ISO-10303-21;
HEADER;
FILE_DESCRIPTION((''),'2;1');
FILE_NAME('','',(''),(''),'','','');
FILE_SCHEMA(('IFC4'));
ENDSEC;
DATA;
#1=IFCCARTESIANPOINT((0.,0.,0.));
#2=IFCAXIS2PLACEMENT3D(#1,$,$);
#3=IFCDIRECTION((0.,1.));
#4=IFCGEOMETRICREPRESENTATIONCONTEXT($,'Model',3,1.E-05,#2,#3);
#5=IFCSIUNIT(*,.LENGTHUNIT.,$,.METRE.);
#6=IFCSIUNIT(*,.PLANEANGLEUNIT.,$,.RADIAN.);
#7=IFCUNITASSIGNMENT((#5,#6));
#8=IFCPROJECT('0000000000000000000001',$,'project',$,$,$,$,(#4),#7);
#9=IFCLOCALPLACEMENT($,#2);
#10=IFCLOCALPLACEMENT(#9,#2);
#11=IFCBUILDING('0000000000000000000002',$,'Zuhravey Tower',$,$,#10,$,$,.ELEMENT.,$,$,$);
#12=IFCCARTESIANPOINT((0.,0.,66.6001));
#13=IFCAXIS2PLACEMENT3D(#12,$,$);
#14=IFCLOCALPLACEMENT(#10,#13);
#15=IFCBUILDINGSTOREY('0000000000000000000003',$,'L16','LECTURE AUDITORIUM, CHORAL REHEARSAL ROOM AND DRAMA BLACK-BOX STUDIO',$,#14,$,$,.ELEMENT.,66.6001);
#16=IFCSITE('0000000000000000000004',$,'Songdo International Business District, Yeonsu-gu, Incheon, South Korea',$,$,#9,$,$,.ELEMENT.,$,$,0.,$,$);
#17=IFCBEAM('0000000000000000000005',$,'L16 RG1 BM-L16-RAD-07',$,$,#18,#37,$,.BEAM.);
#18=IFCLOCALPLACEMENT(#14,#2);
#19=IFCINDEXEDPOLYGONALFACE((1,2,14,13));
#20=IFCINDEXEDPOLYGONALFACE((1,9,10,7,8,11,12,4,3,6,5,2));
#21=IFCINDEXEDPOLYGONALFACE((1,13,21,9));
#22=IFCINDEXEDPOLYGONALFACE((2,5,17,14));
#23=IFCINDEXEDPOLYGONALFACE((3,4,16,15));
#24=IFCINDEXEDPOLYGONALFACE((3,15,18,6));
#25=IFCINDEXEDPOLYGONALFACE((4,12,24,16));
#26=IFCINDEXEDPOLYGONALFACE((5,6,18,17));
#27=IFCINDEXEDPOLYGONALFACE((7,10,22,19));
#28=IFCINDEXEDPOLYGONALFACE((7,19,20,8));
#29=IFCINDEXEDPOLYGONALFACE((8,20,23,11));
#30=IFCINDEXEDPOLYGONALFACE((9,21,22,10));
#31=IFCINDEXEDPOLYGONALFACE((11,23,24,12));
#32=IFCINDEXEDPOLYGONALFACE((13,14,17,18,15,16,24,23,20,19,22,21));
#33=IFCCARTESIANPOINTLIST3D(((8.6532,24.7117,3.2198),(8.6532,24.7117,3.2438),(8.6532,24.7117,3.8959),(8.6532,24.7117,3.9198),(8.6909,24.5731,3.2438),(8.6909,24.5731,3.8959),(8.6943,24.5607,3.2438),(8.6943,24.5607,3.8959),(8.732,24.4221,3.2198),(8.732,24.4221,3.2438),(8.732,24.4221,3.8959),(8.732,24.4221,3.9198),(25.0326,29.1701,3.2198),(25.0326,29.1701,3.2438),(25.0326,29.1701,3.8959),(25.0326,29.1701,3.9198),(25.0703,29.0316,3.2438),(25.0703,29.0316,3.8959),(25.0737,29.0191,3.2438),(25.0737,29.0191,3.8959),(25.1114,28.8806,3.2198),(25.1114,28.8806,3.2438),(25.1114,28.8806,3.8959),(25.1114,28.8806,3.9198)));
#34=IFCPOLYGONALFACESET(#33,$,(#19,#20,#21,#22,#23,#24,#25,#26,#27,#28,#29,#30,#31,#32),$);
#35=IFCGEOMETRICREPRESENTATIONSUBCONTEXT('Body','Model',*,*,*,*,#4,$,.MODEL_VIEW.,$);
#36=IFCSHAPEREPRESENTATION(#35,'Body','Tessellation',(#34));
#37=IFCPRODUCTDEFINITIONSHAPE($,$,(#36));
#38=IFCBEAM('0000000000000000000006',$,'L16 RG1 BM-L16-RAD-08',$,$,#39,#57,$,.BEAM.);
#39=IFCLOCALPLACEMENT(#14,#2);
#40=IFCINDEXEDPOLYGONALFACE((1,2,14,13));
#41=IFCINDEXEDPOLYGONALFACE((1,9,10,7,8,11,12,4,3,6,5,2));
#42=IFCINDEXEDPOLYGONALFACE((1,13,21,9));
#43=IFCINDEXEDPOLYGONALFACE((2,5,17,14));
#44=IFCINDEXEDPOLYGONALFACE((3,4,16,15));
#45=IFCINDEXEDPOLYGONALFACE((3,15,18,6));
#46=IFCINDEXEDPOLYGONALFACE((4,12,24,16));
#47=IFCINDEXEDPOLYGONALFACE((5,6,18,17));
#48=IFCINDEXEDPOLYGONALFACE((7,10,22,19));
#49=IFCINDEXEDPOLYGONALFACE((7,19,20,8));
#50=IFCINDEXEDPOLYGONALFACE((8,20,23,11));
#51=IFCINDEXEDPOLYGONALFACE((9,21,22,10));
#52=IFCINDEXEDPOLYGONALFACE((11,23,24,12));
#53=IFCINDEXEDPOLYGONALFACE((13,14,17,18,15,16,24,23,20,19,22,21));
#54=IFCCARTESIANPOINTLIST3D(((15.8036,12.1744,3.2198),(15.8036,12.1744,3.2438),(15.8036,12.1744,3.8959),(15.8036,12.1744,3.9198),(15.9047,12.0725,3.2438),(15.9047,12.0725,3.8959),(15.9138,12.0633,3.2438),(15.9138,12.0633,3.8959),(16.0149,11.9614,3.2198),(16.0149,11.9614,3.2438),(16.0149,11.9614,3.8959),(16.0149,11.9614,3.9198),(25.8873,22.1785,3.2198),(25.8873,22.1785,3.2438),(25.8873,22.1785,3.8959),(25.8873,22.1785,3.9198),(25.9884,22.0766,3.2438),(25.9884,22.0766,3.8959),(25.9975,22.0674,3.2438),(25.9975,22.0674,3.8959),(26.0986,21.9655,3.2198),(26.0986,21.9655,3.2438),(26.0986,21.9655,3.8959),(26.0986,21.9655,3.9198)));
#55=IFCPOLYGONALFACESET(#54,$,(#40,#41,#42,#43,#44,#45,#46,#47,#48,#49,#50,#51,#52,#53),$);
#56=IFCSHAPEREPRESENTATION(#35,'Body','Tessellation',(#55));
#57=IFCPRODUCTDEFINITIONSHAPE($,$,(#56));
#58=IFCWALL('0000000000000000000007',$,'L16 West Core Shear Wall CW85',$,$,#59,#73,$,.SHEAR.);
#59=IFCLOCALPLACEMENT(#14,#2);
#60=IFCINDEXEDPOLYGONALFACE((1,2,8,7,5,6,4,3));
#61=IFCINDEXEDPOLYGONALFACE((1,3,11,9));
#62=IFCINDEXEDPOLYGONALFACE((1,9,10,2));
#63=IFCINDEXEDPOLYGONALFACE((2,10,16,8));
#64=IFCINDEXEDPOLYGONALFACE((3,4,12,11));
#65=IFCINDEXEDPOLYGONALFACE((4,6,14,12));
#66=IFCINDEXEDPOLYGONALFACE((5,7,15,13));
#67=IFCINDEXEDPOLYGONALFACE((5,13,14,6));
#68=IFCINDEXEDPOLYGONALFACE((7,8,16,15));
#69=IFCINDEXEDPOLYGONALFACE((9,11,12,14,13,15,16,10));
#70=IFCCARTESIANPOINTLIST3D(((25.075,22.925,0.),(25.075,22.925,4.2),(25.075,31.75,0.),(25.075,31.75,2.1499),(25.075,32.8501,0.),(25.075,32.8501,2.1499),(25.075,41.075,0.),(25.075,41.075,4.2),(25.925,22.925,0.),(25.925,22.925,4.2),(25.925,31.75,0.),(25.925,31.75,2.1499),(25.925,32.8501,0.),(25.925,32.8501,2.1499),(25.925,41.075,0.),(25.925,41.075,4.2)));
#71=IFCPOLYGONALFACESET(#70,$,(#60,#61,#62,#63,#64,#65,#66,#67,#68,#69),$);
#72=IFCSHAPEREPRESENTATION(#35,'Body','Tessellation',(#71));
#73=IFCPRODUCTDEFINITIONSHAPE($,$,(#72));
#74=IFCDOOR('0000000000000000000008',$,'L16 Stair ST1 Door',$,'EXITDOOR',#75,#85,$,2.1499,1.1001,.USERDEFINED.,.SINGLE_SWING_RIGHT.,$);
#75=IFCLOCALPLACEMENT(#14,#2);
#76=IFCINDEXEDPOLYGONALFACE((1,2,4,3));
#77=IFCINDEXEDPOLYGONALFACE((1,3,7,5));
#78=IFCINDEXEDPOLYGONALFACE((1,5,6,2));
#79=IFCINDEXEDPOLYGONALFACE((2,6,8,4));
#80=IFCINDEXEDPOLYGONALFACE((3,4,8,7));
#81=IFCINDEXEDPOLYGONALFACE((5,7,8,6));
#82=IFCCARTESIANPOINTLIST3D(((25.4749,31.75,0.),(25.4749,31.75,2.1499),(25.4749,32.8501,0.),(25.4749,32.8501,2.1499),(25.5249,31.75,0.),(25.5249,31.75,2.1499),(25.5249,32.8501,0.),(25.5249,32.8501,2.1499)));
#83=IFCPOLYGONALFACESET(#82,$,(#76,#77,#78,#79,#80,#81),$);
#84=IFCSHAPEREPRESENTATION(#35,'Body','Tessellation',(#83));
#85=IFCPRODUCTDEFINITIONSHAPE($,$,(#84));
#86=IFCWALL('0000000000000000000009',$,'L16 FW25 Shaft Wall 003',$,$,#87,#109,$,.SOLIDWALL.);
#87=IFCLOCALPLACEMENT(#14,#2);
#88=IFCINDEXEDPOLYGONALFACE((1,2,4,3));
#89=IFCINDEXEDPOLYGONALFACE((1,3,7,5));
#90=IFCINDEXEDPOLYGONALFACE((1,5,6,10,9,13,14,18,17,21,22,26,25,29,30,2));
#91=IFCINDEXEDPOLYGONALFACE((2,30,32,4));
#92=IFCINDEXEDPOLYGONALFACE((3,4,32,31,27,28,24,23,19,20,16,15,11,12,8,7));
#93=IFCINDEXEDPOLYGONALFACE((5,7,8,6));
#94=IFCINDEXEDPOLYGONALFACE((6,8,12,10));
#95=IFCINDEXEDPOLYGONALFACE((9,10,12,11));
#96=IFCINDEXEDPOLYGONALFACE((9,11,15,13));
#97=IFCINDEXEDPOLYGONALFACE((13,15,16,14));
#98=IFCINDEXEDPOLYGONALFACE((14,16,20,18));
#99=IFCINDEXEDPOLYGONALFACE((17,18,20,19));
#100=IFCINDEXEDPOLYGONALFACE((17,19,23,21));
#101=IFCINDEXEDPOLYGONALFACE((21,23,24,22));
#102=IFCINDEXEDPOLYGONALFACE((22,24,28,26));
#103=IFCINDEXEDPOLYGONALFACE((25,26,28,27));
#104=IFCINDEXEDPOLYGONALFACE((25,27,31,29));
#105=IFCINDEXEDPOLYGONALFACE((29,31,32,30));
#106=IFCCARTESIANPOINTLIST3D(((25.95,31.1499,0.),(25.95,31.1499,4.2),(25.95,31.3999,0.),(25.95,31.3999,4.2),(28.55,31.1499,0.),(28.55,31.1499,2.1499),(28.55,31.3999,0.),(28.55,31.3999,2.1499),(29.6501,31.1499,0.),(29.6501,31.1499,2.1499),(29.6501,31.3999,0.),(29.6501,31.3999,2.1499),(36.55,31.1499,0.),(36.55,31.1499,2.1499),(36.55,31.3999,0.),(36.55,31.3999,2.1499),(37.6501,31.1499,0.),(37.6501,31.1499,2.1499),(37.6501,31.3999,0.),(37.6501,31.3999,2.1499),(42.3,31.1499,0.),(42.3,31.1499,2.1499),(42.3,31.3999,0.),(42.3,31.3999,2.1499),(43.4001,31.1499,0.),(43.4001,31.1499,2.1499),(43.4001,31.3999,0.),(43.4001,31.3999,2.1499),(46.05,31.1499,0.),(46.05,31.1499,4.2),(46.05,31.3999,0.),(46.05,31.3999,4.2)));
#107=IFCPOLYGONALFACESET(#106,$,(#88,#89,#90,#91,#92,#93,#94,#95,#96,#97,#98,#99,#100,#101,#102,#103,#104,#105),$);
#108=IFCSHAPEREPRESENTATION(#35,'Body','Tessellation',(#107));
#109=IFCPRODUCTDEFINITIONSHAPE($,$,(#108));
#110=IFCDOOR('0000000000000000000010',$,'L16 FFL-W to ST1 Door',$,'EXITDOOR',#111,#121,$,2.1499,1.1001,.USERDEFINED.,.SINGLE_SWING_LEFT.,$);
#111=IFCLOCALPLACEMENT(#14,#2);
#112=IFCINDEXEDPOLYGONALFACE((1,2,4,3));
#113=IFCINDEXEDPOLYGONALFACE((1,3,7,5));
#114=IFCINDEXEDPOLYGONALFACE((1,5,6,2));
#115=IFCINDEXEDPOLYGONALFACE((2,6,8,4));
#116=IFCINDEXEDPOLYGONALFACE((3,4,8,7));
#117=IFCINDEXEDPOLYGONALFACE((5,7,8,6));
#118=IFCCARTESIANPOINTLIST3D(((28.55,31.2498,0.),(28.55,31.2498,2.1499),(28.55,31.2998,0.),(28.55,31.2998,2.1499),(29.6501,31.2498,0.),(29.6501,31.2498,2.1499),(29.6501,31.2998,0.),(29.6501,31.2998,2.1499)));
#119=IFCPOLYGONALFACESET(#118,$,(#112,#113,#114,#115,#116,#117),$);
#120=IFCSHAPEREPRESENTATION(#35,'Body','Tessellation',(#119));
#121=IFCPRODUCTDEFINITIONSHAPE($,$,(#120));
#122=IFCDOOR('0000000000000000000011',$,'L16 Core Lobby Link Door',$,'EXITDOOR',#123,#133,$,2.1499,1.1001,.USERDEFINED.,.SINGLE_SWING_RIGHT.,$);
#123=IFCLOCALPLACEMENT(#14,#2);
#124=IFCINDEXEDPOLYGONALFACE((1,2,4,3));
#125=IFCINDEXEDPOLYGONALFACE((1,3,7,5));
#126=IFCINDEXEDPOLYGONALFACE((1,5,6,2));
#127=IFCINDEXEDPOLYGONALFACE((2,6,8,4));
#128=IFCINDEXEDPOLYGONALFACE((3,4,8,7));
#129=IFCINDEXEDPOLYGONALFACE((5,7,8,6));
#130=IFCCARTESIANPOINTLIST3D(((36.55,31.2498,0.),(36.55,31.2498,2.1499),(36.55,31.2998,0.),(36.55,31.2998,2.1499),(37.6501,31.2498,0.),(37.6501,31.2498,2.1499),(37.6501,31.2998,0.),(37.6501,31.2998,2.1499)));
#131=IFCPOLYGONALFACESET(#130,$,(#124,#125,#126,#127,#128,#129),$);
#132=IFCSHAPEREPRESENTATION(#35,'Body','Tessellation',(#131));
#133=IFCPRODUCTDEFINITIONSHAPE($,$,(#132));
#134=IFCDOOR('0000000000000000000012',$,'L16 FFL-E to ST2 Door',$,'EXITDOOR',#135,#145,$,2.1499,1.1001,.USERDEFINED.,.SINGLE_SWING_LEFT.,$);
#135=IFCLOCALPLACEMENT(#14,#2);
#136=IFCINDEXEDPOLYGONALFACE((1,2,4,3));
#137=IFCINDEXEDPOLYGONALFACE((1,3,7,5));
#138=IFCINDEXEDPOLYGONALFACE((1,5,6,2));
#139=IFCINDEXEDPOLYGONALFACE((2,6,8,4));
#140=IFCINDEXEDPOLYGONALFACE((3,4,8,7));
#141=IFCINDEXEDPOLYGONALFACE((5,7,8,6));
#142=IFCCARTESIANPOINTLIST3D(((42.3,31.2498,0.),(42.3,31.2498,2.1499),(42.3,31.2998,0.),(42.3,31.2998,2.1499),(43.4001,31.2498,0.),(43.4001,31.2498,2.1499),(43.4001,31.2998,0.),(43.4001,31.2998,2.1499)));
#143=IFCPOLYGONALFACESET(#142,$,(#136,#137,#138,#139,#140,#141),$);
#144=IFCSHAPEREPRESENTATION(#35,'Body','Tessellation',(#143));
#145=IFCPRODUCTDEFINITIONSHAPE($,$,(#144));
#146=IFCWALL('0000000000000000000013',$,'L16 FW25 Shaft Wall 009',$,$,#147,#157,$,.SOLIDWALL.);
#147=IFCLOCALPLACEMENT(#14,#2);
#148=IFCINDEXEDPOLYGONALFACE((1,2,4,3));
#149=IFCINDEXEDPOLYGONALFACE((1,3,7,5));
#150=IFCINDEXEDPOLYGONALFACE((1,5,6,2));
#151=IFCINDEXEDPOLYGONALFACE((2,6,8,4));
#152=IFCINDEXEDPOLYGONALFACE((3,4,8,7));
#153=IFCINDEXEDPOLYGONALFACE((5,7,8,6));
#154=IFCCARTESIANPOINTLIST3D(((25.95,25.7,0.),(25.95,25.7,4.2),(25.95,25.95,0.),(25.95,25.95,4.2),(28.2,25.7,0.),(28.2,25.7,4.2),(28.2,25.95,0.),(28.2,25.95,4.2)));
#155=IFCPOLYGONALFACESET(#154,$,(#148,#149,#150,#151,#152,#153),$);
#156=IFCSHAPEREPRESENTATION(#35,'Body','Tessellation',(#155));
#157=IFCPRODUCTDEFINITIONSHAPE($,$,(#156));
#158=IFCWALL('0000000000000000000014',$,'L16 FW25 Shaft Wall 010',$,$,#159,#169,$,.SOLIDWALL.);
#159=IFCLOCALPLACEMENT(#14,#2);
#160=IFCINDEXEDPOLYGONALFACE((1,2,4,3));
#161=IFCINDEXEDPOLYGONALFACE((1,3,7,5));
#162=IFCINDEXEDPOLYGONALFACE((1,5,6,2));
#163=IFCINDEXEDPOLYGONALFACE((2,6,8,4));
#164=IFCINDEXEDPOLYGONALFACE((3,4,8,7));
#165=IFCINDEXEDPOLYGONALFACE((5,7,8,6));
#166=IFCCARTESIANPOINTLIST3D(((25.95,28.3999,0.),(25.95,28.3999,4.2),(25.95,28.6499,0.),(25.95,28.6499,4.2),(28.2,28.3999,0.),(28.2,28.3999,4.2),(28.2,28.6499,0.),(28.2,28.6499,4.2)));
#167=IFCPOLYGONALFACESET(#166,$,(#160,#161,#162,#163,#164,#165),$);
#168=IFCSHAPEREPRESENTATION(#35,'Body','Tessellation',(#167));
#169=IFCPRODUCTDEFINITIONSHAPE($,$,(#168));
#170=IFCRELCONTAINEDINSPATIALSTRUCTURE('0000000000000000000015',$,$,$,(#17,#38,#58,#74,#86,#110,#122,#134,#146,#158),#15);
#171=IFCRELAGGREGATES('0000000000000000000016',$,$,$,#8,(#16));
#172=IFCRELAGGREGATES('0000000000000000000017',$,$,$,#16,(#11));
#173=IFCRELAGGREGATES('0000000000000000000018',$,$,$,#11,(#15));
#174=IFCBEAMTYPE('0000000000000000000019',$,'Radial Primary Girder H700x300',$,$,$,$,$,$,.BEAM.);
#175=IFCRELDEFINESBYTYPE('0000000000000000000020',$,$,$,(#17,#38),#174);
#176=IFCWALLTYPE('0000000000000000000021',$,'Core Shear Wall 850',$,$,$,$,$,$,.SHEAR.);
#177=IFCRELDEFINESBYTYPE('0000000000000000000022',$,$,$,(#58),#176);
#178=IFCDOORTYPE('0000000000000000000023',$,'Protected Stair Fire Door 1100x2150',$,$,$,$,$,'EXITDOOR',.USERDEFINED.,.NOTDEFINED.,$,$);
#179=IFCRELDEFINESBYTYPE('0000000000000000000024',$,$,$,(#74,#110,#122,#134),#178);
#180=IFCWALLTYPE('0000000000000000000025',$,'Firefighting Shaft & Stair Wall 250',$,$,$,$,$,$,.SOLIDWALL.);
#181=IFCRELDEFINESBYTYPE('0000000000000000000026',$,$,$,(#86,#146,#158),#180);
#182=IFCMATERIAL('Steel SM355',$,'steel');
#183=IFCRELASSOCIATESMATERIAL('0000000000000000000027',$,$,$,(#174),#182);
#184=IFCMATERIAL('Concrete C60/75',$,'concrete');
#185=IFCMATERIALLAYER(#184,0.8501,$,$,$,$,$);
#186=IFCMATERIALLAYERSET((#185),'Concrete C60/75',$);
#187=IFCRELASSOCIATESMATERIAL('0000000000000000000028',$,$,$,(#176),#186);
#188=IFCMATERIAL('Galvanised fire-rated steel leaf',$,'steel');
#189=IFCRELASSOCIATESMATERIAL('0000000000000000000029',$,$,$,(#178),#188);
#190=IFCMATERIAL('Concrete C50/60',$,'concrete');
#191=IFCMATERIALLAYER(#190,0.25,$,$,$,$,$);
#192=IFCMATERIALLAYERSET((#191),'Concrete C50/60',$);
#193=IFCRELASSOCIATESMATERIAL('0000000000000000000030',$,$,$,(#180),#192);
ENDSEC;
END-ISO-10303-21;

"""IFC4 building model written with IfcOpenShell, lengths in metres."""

from ifc_helpers import new_model, si_unit, direction, frame, frame_2d, origin, origin_2d, place, context, subcontext, project, spatial, rectangle, i_section, extrude, material, layer, layer_set, material_profile, profile_set, type_object, element, fill, save


model = new_model("IFC4")

# Units and contexts
model_context = context("Model", 3, precision=1e-05, world=origin(), true_north=direction((0.0, 1.0)))
body_context = subcontext(model_context, "Body", "Model", "MODEL_VIEW")
ifc_project = project(units=[si_unit("LENGTHUNIT", "METRE"), si_unit("PLANEANGLEUNIT", "RADIAN")], contexts=[model_context])

# Site, building, storey
site_placement = place(None, origin())
site = spatial("IfcSite", under=ifc_project, at=site_placement, Name="Songdo International Business District, Yeonsu-gu, Incheon, South Korea", CompositionType="ELEMENT", RefElevation=0.0)
building_placement = place(site_placement, origin())
building = spatial("IfcBuilding", under=site, at=building_placement, Name="Zuhravey Tower", CompositionType="ELEMENT")
storey_placement = place(building_placement, frame((0.0, 0.0, 66.6001)))
storey = spatial("IfcBuildingStorey", under=building, at=storey_placement, Name="L16", Description="LECTURE AUDITORIUM, CHORAL REHEARSAL ROOM AND DRAMA BLACK-BOX STUDIO", CompositionType="ELEMENT", Elevation=66.6001)

# Beams
ifc_material_1 = material(Name="Steel SM355", Category="steel")
ifc_material_profile = material_profile(ifc_material_1, i_section(OverallWidth=0.3, OverallDepth=0.7, WebThickness=0.0129, FlangeThickness=0.0239, at=origin_2d()), Name="H-700x300x13x24")
ifc_profile_set = profile_set([ifc_material_profile], Name="Steel SM355")
beam_type = type_object("IfcBeamType", Name="Radial Primary Girder H700x300", PredefinedType="BEAM", material=ifc_profile_set)
beam_1_placement = place(storey_placement, frame((25.072, 29.0254, 3.5698), z_axis=(-0.964892, -0.262645, 0.0), x_axis=(0.262645, -0.964892, 0.0)))
element("IfcBeam", 1, at=beam_1_placement, inside=storey, type_object=beam_type, Name="L16 RG1 BM-L16-RAD-07", PredefinedType="BEAM", context=body_context, shape_type="SweptSolid", body=[
    extrude(i_section(OverallWidth=0.3, OverallDepth=0.7, WebThickness=0.0129, FlangeThickness=0.0239, at=origin_2d()), origin(), (0.0, 0.0, 1.0), 16.9753),
])
beam_2_placement = place(storey_placement, frame((25.9929, 22.072, 3.5698), z_axis=(-0.709903, -0.7043, 0.0), x_axis=(0.7043, -0.709903, 0.0)))
element("IfcBeam", 2, at=beam_2_placement, inside=storey, type_object=beam_type, Name="L16 RG1 BM-L16-RAD-08", PredefinedType="BEAM", context=body_context, shape_type="SweptSolid", body=[
    extrude(i_section(OverallWidth=0.3, OverallDepth=0.7, WebThickness=0.0129, FlangeThickness=0.0239, at=origin_2d()), origin(), (0.0, 0.0, 1.0), 14.2043),
])

# Wall, opening, door
ifc_material_2 = material(Name="Concrete C60/75", Category="concrete")
ifc_layer_1 = layer(ifc_material_2, 0.8501)
ifc_layer_set_1 = layer_set([ifc_layer_1], Name="Concrete C60/75")
wall_type_1 = type_object("IfcWallType", Name="Core Shear Wall 850", PredefinedType="SHEAR", material=ifc_layer_set_1)
ifc_material_3 = material(Name="Galvanised fire-rated steel leaf", Category="steel")
wall_1_placement = place(storey_placement, frame((25.5, 22.925, 0.0), z_axis=(0.0, 0.0, 1.0), x_axis=(0.0, 1.0, 0.0)))
wall_1 = element("IfcWall", 3, at=wall_1_placement, inside=storey, type_object=wall_type_1, Name="L16 West Core Shear Wall CW85", PredefinedType="SHEAR", context=body_context, shape_type="SweptSolid", body=[
    extrude(rectangle(XDim=18.1499, YDim=0.8501, at=frame_2d((9.075, 0.0))), origin(), (0.0, 0.0, 1.0), 4.2),
])
opening_1_placement = place(wall_1_placement, frame((8.825, 0.0, 0.0)))
opening_1 = element("IfcOpeningElement", 4, at=opening_1_placement, cuts=wall_1, PredefinedType="OPENING", context=body_context, shape_type="SweptSolid", body=[
    extrude(rectangle(XDim=1.1001, YDim=2.1499, at=frame_2d((0.55, 1.075))), frame((0.0, 0.437, 0.0), z_axis=(0.0, -1.0, 0.0), x_axis=(1.0, 0.0, 0.0)), (0.0, 0.0, 1.0), 0.874),
])
door_type_1 = type_object("IfcDoorType", Name="Protected Stair Fire Door 1100x2150", ElementType="EXITDOOR", OperationType="NOTDEFINED", PredefinedType="USERDEFINED", material=ifc_material_3)
door_1_placement = place(opening_1_placement, frame((1.1001, 0.0, 0.0), z_axis=(0.0, 0.0, 1.0), x_axis=(-1.0, 0.0, 0.0)))
door_1 = element("IfcDoor", 5, at=door_1_placement, inside=storey, type_object=door_type_1, Name="L16 Stair ST1 Door", ObjectType="EXITDOOR", OperationType="SINGLE_SWING_RIGHT", OverallHeight=2.1499, OverallWidth=1.1001, PredefinedType="USERDEFINED", context=body_context, shape_type="SweptSolid", body=[
    extrude(rectangle(XDim=1.1001, YDim=2.1499, at=frame_2d((0.55, 1.075))), frame((0.0, 0.0249, 0.0), z_axis=(0.0, -1.0, 0.0), x_axis=(1.0, 0.0, 0.0)), (0.0, 0.0, 1.0), 0.05),
])
fill(opening_1, door_1)

# Wall, openings, doors
ifc_material_4 = material(Name="Concrete C50/60", Category="concrete")
ifc_layer_2 = layer(ifc_material_4, 0.25)
ifc_layer_set_2 = layer_set([ifc_layer_2], Name="Concrete C50/60")
wall_type_2 = type_object("IfcWallType", Name="Firefighting Shaft & Stair Wall 250", PredefinedType="SOLIDWALL", material=ifc_layer_set_2)
wall_2_placement = place(storey_placement, frame((25.95, 31.2749, 0.0), z_axis=(0.0, 0.0, 1.0), x_axis=(1.0, 0.0, 0.0)))
wall_2 = element("IfcWall", 6, at=wall_2_placement, inside=storey, type_object=wall_type_2, Name="L16 FW25 Shaft Wall 003", PredefinedType="SOLIDWALL", context=body_context, shape_type="SweptSolid", body=[
    extrude(rectangle(XDim=20.1001, YDim=0.25, at=frame_2d((10.05, 0.0))), origin(), (0.0, 0.0, 1.0), 4.2),
])
opening_2_placement = place(wall_2_placement, frame((2.6001, 0.0, 0.0)))
opening_2 = element("IfcOpeningElement", 7, at=opening_2_placement, cuts=wall_2, PredefinedType="OPENING", context=body_context, shape_type="SweptSolid", body=[
    extrude(rectangle(XDim=1.1001, YDim=2.1499, at=frame_2d((0.55, 1.075))), frame((0.0, 0.137, 0.0), z_axis=(0.0, -1.0, 0.0), x_axis=(1.0, 0.0, 0.0)), (0.0, 0.0, 1.0), 0.2739),
])
opening_3_placement = place(wall_2_placement, frame((10.6001, 0.0, 0.0)))
opening_3 = element("IfcOpeningElement", 8, at=opening_3_placement, cuts=wall_2, PredefinedType="OPENING", context=body_context, shape_type="SweptSolid", body=[
    extrude(rectangle(XDim=1.1001, YDim=2.1499, at=frame_2d((0.55, 1.075))), frame((0.0, 0.137, 0.0), z_axis=(0.0, -1.0, 0.0), x_axis=(1.0, 0.0, 0.0)), (0.0, 0.0, 1.0), 0.2739),
])
opening_4_placement = place(wall_2_placement, frame((16.3501, 0.0, 0.0)))
opening_4 = element("IfcOpeningElement", 9, at=opening_4_placement, cuts=wall_2, PredefinedType="OPENING", context=body_context, shape_type="SweptSolid", body=[
    extrude(rectangle(XDim=1.1001, YDim=2.1499, at=frame_2d((0.55, 1.075))), frame((0.0, 0.137, 0.0), z_axis=(0.0, -1.0, 0.0), x_axis=(1.0, 0.0, 0.0)), (0.0, 0.0, 1.0), 0.2739),
])
door_2_placement = place(opening_2_placement, origin())
door_2 = element("IfcDoor", 10, at=door_2_placement, inside=storey, type_object=door_type_1, Name="L16 FFL-W to ST1 Door", ObjectType="EXITDOOR", OperationType="SINGLE_SWING_LEFT", OverallHeight=2.1499, OverallWidth=1.1001, PredefinedType="USERDEFINED", context=body_context, shape_type="SweptSolid", body=[
    extrude(rectangle(XDim=1.1001, YDim=2.1499, at=frame_2d((0.55, 1.075))), frame((0.0, 0.0249, 0.0), z_axis=(0.0, -1.0, 0.0), x_axis=(1.0, 0.0, 0.0)), (0.0, 0.0, 1.0), 0.05),
])
fill(opening_2, door_2)
door_3_placement = place(opening_3_placement, origin())
door_3 = element("IfcDoor", 11, at=door_3_placement, inside=storey, type_object=door_type_1, Name="L16 Core Lobby Link Door", ObjectType="EXITDOOR", OperationType="SINGLE_SWING_RIGHT", OverallHeight=2.1499, OverallWidth=1.1001, PredefinedType="USERDEFINED", context=body_context, shape_type="SweptSolid", body=[
    extrude(rectangle(XDim=1.1001, YDim=2.1499, at=frame_2d((0.55, 1.075))), frame((0.0, 0.0249, 0.0), z_axis=(0.0, -1.0, 0.0), x_axis=(1.0, 0.0, 0.0)), (0.0, 0.0, 1.0), 0.05),
])
fill(opening_3, door_3)
door_4_placement = place(opening_4_placement, origin())
door_4 = element("IfcDoor", 12, at=door_4_placement, inside=storey, type_object=door_type_1, Name="L16 FFL-E to ST2 Door", ObjectType="EXITDOOR", OperationType="SINGLE_SWING_LEFT", OverallHeight=2.1499, OverallWidth=1.1001, PredefinedType="USERDEFINED", context=body_context, shape_type="SweptSolid", body=[
    extrude(rectangle(XDim=1.1001, YDim=2.1499, at=frame_2d((0.55, 1.075))), frame((0.0, 0.0249, 0.0), z_axis=(0.0, -1.0, 0.0), x_axis=(1.0, 0.0, 0.0)), (0.0, 0.0, 1.0), 0.05),
])
fill(opening_4, door_4)

# Walls
for number, where, z_axis, x_axis, name in (
    (13, (25.95, 25.825, 0.0), (0.0, 0.0, 1.0), (1.0, 0.0, 0.0), "L16 FW25 Shaft Wall 009"),
    (14, (25.95, 28.5249, 0.0), (0.0, 0.0, 1.0), (1.0, 0.0, 0.0), "L16 FW25 Shaft Wall 010"),
):
    element("IfcWall", number, at=place(storey_placement, frame(where, z_axis=z_axis, x_axis=x_axis)), inside=storey, type_object=wall_type_2, Name=name, PredefinedType="SOLIDWALL", context=body_context, shape_type="SweptSolid", body=[
        extrude(rectangle(XDim=2.25, YDim=0.25, at=frame_2d((1.125, 0.0))), origin(), (0.0, 0.0, 1.0), 4.2),
    ])

save(model, "model.ifc")
